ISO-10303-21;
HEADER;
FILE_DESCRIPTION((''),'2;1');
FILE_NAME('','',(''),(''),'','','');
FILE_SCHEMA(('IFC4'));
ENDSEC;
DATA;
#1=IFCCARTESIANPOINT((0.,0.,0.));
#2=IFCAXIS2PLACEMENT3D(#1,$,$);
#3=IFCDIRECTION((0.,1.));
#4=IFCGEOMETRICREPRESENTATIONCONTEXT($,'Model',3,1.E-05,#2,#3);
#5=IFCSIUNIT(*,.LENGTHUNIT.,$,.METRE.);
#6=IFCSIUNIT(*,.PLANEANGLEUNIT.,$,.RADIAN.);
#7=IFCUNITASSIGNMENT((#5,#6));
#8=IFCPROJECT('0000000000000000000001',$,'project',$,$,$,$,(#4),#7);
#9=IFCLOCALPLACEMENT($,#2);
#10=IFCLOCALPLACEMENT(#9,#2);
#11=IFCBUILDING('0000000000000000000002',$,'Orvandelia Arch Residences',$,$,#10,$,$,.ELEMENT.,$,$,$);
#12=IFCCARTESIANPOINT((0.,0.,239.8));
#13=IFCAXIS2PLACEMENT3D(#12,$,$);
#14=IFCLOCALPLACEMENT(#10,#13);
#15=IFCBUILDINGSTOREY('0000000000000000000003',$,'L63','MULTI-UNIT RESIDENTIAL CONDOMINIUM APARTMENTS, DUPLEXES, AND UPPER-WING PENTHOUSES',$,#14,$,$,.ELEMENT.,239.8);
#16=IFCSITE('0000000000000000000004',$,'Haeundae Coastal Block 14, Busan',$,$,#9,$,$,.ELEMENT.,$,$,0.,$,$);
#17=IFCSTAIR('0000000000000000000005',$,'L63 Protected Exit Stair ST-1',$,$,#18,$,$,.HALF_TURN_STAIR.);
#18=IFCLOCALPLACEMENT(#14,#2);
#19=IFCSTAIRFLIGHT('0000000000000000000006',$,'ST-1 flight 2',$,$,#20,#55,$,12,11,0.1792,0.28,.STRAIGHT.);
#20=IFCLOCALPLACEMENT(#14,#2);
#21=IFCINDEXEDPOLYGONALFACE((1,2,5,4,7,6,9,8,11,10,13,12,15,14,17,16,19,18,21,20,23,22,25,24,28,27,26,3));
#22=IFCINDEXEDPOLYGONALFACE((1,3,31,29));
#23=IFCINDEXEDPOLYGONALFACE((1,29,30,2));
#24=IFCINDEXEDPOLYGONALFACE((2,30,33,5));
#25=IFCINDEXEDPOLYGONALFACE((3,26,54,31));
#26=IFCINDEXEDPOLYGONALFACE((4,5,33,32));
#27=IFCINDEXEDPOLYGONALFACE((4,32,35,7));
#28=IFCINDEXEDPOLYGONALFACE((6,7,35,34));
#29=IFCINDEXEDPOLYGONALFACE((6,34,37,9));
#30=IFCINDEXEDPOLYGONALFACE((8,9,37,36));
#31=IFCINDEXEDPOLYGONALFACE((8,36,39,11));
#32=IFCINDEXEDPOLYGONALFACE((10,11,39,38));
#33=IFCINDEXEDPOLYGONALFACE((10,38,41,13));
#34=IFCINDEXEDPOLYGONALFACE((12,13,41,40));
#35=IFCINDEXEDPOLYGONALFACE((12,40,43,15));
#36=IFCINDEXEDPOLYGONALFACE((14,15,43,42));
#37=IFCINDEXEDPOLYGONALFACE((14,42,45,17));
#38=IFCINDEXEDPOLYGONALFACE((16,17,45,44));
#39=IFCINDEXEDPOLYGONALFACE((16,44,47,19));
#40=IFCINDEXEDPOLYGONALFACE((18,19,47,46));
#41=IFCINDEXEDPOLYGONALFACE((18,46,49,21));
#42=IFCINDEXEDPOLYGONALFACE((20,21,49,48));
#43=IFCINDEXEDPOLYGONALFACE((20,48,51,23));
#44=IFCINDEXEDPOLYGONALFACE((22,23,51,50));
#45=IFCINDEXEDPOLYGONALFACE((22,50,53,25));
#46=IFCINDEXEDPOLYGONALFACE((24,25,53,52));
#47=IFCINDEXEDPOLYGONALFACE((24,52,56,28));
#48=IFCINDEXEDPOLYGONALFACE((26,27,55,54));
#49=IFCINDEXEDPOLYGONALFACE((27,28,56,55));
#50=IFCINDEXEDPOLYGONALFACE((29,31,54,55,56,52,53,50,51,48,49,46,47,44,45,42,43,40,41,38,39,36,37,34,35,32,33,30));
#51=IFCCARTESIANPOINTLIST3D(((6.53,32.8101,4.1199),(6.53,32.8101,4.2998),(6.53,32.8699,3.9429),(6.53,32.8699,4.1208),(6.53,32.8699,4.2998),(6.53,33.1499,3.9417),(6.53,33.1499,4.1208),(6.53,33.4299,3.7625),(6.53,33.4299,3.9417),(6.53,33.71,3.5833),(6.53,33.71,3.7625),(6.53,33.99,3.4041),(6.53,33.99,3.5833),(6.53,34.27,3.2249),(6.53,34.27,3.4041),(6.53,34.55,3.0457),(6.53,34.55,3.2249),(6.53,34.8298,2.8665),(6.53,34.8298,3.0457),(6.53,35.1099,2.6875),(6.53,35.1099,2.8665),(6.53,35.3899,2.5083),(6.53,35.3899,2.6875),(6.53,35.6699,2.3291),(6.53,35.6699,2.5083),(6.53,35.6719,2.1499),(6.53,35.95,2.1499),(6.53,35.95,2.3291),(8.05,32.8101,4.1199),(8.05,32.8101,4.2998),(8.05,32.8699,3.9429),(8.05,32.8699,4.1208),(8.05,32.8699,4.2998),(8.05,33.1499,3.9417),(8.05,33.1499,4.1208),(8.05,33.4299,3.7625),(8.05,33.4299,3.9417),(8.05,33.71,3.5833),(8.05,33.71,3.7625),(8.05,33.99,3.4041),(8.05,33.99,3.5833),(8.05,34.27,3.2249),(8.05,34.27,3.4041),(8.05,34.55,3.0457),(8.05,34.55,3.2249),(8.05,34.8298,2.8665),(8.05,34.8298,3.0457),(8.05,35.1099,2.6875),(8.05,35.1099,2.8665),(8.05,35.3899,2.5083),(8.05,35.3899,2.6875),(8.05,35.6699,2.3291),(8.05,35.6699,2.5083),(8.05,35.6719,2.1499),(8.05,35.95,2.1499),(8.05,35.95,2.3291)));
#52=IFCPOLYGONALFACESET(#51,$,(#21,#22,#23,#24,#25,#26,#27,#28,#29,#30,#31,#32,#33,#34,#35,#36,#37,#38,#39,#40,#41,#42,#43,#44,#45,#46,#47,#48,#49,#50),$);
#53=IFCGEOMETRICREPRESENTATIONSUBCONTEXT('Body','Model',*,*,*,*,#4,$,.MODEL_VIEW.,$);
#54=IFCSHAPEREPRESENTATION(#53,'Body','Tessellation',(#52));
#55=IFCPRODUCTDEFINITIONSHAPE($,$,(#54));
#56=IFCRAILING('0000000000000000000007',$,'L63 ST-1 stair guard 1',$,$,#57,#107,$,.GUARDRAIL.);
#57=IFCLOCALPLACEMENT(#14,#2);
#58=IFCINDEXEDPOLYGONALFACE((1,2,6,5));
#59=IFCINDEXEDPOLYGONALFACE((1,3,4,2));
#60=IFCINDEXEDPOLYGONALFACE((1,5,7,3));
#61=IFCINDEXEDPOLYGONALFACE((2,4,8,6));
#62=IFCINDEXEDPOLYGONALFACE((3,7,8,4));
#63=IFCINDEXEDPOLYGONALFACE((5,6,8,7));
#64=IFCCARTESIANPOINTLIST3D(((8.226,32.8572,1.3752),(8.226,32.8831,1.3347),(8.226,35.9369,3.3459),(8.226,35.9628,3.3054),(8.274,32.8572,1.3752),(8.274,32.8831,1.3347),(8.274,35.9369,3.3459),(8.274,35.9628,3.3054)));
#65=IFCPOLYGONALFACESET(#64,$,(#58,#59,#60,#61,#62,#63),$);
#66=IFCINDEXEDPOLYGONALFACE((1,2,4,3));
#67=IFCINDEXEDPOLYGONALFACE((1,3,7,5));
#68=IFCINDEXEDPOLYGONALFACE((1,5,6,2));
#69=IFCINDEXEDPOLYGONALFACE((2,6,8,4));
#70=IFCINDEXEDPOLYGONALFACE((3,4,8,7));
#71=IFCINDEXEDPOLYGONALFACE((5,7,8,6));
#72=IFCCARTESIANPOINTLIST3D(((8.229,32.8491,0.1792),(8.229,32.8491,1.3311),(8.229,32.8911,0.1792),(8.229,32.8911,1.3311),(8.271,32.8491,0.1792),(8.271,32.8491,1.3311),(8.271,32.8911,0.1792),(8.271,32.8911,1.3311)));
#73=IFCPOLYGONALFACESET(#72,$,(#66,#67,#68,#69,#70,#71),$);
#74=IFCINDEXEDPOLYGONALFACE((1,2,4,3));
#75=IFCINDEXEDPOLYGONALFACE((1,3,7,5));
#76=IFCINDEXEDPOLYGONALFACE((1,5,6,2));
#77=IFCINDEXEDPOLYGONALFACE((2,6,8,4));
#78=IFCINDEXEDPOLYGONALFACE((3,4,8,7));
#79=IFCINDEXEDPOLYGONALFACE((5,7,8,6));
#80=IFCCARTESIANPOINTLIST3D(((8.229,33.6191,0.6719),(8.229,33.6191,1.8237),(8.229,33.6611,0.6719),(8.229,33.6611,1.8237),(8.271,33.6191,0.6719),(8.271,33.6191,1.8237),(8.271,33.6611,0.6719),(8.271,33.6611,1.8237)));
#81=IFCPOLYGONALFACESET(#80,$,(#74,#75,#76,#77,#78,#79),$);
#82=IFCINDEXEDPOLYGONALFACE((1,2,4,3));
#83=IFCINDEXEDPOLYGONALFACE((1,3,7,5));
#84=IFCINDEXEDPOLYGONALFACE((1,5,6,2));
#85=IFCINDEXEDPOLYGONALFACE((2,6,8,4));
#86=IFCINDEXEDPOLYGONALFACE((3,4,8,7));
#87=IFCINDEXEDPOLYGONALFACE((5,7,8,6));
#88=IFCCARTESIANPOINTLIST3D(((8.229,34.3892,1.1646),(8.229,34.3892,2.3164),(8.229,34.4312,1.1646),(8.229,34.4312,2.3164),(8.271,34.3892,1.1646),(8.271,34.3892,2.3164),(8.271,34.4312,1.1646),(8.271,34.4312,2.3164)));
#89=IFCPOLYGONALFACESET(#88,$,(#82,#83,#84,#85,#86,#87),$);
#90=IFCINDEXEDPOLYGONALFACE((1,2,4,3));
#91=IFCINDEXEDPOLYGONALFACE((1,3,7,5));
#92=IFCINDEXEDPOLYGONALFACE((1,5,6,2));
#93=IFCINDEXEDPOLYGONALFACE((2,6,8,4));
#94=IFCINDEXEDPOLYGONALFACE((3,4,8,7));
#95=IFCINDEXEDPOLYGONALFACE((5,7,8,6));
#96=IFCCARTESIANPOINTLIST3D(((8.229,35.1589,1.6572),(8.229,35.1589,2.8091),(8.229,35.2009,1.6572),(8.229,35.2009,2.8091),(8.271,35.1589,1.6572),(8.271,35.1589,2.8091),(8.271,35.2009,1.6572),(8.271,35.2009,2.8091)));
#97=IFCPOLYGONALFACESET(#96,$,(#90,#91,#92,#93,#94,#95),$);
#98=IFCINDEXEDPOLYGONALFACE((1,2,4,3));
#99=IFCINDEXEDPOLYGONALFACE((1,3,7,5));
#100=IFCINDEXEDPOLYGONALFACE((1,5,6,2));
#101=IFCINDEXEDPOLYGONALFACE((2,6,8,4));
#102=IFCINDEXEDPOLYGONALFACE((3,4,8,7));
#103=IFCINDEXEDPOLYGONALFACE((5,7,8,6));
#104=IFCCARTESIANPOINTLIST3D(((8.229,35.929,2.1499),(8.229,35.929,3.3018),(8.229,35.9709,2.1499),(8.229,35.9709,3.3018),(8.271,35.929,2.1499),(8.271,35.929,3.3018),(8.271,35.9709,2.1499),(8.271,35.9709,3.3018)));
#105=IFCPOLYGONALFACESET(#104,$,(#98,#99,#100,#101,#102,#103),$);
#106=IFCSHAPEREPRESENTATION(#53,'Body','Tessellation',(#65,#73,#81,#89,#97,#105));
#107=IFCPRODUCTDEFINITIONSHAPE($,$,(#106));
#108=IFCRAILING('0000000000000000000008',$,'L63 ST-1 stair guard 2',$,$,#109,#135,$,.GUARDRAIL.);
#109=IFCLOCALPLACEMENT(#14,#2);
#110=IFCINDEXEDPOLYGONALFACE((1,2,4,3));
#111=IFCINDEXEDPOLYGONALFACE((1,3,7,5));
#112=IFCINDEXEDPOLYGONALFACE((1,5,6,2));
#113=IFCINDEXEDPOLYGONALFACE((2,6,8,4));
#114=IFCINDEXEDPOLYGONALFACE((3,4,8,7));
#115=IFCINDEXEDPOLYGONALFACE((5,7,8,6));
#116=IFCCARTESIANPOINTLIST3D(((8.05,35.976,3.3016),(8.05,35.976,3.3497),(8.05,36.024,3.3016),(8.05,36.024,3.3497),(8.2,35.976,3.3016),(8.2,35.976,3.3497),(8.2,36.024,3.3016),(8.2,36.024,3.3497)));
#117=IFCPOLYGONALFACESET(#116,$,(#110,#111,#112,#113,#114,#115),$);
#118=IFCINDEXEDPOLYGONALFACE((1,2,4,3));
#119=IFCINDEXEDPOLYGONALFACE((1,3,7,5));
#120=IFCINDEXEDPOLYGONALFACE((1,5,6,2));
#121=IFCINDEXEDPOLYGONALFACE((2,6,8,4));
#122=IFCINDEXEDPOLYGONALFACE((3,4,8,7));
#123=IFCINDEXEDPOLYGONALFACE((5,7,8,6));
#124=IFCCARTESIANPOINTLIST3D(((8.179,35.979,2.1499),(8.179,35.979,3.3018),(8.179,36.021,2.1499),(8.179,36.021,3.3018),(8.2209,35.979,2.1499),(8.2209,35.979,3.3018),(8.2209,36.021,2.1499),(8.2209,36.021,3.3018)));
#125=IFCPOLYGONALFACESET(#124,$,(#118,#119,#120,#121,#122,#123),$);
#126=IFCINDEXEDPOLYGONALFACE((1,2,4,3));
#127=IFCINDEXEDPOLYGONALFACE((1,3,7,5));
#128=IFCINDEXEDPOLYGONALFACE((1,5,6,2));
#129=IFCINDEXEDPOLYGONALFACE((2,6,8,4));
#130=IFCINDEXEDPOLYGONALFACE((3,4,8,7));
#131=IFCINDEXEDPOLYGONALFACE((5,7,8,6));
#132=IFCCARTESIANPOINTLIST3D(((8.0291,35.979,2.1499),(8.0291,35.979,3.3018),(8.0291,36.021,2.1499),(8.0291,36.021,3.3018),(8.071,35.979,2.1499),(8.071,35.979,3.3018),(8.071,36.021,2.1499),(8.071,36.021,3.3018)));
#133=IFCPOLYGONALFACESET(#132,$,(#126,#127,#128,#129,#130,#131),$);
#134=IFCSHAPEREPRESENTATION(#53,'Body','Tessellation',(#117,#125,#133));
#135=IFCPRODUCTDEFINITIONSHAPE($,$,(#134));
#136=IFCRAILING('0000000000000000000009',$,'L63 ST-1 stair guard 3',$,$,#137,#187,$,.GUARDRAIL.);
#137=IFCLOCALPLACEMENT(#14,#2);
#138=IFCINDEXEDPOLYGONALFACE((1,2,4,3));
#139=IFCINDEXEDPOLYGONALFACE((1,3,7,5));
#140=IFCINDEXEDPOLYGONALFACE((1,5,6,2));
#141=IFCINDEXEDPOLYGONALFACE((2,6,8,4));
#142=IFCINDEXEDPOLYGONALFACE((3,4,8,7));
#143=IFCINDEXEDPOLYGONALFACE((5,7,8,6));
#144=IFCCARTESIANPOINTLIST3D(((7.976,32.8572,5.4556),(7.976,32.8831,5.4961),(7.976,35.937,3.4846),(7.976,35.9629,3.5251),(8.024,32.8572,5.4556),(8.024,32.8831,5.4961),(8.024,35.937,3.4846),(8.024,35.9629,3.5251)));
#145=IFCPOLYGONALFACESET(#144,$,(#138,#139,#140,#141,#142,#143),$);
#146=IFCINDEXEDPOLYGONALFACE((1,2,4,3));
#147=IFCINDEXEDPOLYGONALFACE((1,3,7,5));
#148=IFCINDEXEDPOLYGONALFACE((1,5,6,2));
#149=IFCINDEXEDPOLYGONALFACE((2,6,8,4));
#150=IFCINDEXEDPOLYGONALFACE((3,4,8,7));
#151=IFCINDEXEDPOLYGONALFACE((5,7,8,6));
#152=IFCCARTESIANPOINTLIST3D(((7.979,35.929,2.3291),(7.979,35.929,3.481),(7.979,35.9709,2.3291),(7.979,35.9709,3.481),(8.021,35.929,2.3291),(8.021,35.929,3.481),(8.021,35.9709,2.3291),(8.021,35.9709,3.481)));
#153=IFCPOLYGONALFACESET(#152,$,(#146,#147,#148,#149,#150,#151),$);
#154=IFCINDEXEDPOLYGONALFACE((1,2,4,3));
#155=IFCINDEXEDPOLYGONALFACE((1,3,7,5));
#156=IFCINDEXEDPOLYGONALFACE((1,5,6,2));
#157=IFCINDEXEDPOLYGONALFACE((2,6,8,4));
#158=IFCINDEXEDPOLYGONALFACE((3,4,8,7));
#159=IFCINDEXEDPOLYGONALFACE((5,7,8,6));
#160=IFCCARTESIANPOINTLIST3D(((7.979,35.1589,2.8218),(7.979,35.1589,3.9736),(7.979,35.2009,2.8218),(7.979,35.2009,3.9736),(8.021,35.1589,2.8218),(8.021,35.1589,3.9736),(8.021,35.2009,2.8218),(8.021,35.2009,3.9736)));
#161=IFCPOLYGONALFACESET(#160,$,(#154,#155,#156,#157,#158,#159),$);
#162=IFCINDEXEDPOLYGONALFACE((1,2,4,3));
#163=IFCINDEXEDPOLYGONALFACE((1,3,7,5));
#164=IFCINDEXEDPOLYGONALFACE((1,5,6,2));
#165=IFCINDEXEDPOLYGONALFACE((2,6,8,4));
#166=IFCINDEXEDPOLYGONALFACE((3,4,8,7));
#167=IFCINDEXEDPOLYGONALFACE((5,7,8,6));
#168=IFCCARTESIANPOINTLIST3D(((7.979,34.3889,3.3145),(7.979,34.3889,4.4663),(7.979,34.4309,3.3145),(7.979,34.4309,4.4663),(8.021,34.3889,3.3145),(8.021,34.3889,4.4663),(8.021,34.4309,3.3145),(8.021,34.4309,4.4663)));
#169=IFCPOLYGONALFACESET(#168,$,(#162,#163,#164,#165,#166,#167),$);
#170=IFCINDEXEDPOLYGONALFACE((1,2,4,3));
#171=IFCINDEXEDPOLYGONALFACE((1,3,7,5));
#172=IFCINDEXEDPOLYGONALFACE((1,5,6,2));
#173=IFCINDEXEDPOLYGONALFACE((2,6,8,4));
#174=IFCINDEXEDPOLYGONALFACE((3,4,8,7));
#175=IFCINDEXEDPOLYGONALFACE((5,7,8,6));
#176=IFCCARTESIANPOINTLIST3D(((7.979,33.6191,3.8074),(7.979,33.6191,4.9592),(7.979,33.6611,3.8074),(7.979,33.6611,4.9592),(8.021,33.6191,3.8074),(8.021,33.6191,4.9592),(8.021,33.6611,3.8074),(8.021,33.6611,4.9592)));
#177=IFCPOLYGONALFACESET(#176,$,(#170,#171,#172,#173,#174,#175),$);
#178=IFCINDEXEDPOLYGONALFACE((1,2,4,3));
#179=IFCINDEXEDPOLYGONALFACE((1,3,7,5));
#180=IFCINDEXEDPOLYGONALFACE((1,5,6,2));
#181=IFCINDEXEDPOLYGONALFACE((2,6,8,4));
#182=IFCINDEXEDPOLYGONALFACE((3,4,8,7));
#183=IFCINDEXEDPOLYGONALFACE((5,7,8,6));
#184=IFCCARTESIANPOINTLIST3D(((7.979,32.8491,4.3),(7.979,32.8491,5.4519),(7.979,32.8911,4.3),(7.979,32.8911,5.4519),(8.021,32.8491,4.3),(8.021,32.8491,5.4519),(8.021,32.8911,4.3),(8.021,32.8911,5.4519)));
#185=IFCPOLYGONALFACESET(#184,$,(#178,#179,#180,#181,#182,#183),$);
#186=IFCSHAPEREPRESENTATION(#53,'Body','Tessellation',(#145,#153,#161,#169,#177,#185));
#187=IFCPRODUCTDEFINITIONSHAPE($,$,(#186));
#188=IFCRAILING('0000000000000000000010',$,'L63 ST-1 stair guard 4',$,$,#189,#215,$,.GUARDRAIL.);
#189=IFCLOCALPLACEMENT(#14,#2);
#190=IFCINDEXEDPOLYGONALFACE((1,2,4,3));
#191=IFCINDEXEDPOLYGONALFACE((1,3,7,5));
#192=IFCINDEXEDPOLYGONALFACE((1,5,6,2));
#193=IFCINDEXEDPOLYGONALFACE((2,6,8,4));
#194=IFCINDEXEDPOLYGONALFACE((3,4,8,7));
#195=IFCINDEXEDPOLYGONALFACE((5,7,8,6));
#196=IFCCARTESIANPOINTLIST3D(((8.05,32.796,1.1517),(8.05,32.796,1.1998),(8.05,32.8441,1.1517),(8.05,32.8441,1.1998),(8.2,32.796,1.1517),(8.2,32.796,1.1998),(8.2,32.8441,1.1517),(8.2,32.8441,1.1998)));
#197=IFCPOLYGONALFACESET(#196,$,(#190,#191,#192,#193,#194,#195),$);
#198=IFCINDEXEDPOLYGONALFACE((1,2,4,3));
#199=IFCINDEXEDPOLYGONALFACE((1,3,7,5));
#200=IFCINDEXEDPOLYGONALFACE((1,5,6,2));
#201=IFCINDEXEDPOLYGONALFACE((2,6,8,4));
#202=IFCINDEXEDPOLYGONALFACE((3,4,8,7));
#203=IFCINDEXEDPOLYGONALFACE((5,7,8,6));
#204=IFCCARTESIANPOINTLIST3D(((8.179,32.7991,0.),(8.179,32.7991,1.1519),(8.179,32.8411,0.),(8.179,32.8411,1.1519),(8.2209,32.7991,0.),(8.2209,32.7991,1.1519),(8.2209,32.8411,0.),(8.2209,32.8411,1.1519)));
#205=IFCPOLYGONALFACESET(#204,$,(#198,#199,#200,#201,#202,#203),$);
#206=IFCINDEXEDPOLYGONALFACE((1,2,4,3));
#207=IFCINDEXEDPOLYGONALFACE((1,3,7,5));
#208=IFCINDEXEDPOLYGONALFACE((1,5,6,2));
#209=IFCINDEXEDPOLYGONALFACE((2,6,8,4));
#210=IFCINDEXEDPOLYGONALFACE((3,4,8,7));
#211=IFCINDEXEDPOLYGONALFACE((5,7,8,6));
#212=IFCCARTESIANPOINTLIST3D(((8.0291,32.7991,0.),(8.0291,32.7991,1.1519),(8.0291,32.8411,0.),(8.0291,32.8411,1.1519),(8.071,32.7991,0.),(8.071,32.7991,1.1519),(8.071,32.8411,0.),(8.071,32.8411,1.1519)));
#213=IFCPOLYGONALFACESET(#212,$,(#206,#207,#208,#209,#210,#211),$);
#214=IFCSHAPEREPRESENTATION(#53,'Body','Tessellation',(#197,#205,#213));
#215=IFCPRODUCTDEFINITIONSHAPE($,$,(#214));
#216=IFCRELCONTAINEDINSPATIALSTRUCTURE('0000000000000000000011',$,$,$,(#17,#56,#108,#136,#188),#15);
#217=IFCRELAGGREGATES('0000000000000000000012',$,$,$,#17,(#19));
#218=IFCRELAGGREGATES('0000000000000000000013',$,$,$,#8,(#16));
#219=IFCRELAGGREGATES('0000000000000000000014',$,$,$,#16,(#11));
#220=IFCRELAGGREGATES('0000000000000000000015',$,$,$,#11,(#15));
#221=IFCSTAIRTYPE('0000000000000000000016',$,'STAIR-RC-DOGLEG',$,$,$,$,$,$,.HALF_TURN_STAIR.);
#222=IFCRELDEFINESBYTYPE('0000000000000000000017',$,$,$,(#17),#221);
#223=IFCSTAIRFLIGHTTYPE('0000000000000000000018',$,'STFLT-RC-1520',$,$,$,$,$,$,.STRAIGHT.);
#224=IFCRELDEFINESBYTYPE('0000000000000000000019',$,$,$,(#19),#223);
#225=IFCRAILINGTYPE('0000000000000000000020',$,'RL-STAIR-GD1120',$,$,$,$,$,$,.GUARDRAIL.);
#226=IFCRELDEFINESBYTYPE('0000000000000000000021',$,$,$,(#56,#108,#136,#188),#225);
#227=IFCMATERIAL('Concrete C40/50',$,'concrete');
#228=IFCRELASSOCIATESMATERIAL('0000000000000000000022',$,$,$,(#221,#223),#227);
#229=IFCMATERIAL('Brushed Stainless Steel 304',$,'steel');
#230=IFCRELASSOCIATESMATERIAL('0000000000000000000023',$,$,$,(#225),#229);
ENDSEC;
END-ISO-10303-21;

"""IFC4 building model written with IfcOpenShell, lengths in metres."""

from ifc_helpers import new_model, si_unit, direction, frame, origin, origin_2d, place, context, subcontext, project, spatial, polyline, rectangle, outline, extrude, material, type_object, element, aggregate, save


model = new_model("IFC4")

# Units and contexts
model_context = context("Model", 3, precision=1e-05, world=origin(), true_north=direction((0.0, 1.0)))
body_context = subcontext(model_context, "Body", "Model", "MODEL_VIEW")
ifc_project = project(units=[si_unit("LENGTHUNIT", "METRE"), si_unit("PLANEANGLEUNIT", "RADIAN")], contexts=[model_context])

# Site, building, storey
site_placement = place(None, origin())
site = spatial("IfcSite", under=ifc_project, at=site_placement, Name="Haeundae Coastal Block 14, Busan", CompositionType="ELEMENT", RefElevation=0.0)
building_placement = place(site_placement, origin())
building = spatial("IfcBuilding", under=site, at=building_placement, Name="Orvandelia Arch Residences", CompositionType="ELEMENT")
storey_placement = place(building_placement, frame((0.0, 0.0, 239.8)))
storey = spatial("IfcBuildingStorey", under=building, at=storey_placement, Name="L63", Description="MULTI-UNIT RESIDENTIAL CONDOMINIUM APARTMENTS, DUPLEXES, AND UPPER-WING PENTHOUSES", CompositionType="ELEMENT", Elevation=239.8)

# Stair, stair flight
ifc_material_1 = material(Name="Concrete C40/50", Category="concrete")
stair_type = type_object("IfcStairType", Name="STAIR-RC-DOGLEG", PredefinedType="HALF_TURN_STAIR", material=ifc_material_1)
stair_placement = place(storey_placement, origin())
stair = element("IfcStair", 1, at=stair_placement, inside=storey, type_object=stair_type, Name="L63 Protected Exit Stair ST-1", PredefinedType="HALF_TURN_STAIR")
stair_flight_type = type_object("IfcStairFlightType", Name="STFLT-RC-1520", PredefinedType="STRAIGHT", material=ifc_material_1)
stair_flight_1_placement = place(storey_placement, frame((7.29, 35.95, 2.1499), z_axis=(0.0, 0.0, 1.0), x_axis=(0.0, -1.0, 0.0)))
stair_flight_1 = element("IfcStairFlight", 2, at=stair_flight_1_placement, type_object=stair_flight_type, Name="ST-1 flight 2", NumberOfRisers=12, NumberOfTreads=11, PredefinedType="STRAIGHT", RiserHeight=0.1792, TreadLength=0.28, context=body_context, shape_type="SweptSolid", body=[
    extrude(outline(polyline([(0.0, 0.0), (0.0, 0.1792), (0.28, 0.1792), (0.28, 0.3584), (0.5601, 0.3584), (0.5601, 0.5376), (0.8401, 0.5376), (0.8401, 0.7166), (1.1201, 0.7166), (1.1201, 0.8958), (1.3999, 0.8958), (1.3999, 1.075), (1.6799, 1.075), (1.6799, 1.2542), (1.96, 1.2542), (1.96, 1.4333), (2.24, 1.4333), (2.24, 1.6125), (2.52, 1.6125), (2.52, 1.7917), (2.8, 1.7917), (2.8, 1.9709), (3.0801, 1.9709), (3.0801, 2.1499), (3.1399, 2.1499), (3.1399, 1.97), (3.0801, 1.793), (0.2781, 0.0), (0.0, 0.0)])), frame((0.0, 0.76, 0.0), z_axis=(0.0, -1.0, 0.0), x_axis=(1.0, 0.0, 0.0)), (0.0, 0.0, 1.0), 1.52),
])
aggregate(stair, [stair_flight_1])

# Railings
ifc_material_2 = material(Name="Brushed Stainless Steel 304", Category="steel")
railing_type_1 = type_object("IfcRailingType", Name="RL-STAIR-GD1120", PredefinedType="GUARDRAIL", material=ifc_material_2)
railing_1_placement = place(storey_placement, frame((8.25, 32.8701, 0.1792)))
element("IfcRailing", 3, at=railing_1_placement, inside=storey, type_object=railing_type_1, Name="L63 ST-1 stair guard 1", PredefinedType="GUARDRAIL", context=body_context, shape_type="SweptSolid", body=[
    extrude(rectangle(XDim=0.0481, YDim=0.0481, at=origin_2d()), frame((0.0, 0.0, 1.1758), z_axis=(0.0, 0.84232, 0.538978), x_axis=(-1.0, 0.0, 0.0)), (0.0, 0.0, 1.0), 3.6562),
    extrude(rectangle(XDim=0.042, YDim=0.042, at=origin_2d()), origin(), (0.0, 0.0, 1.0), 1.1519),
    extrude(rectangle(XDim=0.042, YDim=0.042, at=origin_2d()), frame((0.0, 0.77, 0.4927)), (0.0, 0.0, 1.0), 1.1519),
    extrude(rectangle(XDim=0.042, YDim=0.042, at=origin_2d()), frame((0.0, 1.54, 0.9854)), (0.0, 0.0, 1.0), 1.1519),
    extrude(rectangle(XDim=0.042, YDim=0.042, at=origin_2d()), frame((0.0, 2.3098, 1.478)), (0.0, 0.0, 1.0), 1.1519),
    extrude(rectangle(XDim=0.042, YDim=0.042, at=origin_2d()), frame((0.0, 3.0798, 1.9707)), (0.0, 0.0, 1.0), 1.1519),
])
railing_2_placement = place(storey_placement, frame((8.2, 36.0, 2.1499)))
element("IfcRailing", 4, at=railing_2_placement, inside=storey, type_object=railing_type_1, Name="L63 ST-1 stair guard 2", PredefinedType="GUARDRAIL", context=body_context, shape_type="SweptSolid", body=[
    extrude(rectangle(XDim=0.0481, YDim=0.0481, at=origin_2d()), frame((0.0, 0.0, 1.1758), z_axis=(-1.0, 0.0, 0.0), x_axis=(0.0, -1.0, 0.0)), (0.0, 0.0, 1.0), 0.1499),
    extrude(rectangle(XDim=0.042, YDim=0.042, at=origin_2d()), origin(), (0.0, 0.0, 1.0), 1.1519),
    extrude(rectangle(XDim=0.042, YDim=0.042, at=origin_2d()), frame((-0.1499, 0.0, 0.0)), (0.0, 0.0, 1.0), 1.1519),
])
railing_3_placement = place(storey_placement, frame((8.0, 35.95, 2.3291)))
element("IfcRailing", 5, at=railing_3_placement, inside=storey, type_object=railing_type_1, Name="L63 ST-1 stair guard 3", PredefinedType="GUARDRAIL", context=body_context, shape_type="SweptSolid", body=[
    extrude(rectangle(XDim=0.0481, YDim=0.0481, at=origin_2d()), frame((0.0, 0.0, 1.1758), z_axis=(0.0, -0.84229, 0.539025), x_axis=(1.0, 0.0, 0.0)), (0.0, 0.0, 1.0), 3.6565),
    extrude(rectangle(XDim=0.042, YDim=0.042, at=origin_2d()), origin(), (0.0, 0.0, 1.0), 1.1519),
    extrude(rectangle(XDim=0.042, YDim=0.042, at=origin_2d()), frame((0.0, -0.77, 0.4927)), (0.0, 0.0, 1.0), 1.1519),
    extrude(rectangle(XDim=0.042, YDim=0.042, at=origin_2d()), frame((0.0, -1.54, 0.9854)), (0.0, 0.0, 1.0), 1.1519),
    extrude(rectangle(XDim=0.042, YDim=0.042, at=origin_2d()), frame((0.0, -2.3098, 1.4783)), (0.0, 0.0, 1.0), 1.1519),
    extrude(rectangle(XDim=0.042, YDim=0.042, at=origin_2d()), frame((0.0, -3.0798, 1.9709)), (0.0, 0.0, 1.0), 1.1519),
])
railing_4_placement = place(storey_placement, frame((8.2, 32.8201, 0.0)))
element("IfcRailing", 6, at=railing_4_placement, inside=storey, type_object=railing_type_1, Name="L63 ST-1 stair guard 4", PredefinedType="GUARDRAIL", context=body_context, shape_type="SweptSolid", body=[
    extrude(rectangle(XDim=0.0481, YDim=0.0481, at=origin_2d()), frame((0.0, 0.0, 1.1758), z_axis=(-1.0, 0.0, 0.0), x_axis=(0.0, -1.0, 0.0)), (0.0, 0.0, 1.0), 0.1499),
    extrude(rectangle(XDim=0.042, YDim=0.042, at=origin_2d()), origin(), (0.0, 0.0, 1.0), 1.1519),
    extrude(rectangle(XDim=0.042, YDim=0.042, at=origin_2d()), frame((-0.1499, 0.0, 0.0)), (0.0, 0.0, 1.0), 1.1519),
])

save(model, "model.ifc")
